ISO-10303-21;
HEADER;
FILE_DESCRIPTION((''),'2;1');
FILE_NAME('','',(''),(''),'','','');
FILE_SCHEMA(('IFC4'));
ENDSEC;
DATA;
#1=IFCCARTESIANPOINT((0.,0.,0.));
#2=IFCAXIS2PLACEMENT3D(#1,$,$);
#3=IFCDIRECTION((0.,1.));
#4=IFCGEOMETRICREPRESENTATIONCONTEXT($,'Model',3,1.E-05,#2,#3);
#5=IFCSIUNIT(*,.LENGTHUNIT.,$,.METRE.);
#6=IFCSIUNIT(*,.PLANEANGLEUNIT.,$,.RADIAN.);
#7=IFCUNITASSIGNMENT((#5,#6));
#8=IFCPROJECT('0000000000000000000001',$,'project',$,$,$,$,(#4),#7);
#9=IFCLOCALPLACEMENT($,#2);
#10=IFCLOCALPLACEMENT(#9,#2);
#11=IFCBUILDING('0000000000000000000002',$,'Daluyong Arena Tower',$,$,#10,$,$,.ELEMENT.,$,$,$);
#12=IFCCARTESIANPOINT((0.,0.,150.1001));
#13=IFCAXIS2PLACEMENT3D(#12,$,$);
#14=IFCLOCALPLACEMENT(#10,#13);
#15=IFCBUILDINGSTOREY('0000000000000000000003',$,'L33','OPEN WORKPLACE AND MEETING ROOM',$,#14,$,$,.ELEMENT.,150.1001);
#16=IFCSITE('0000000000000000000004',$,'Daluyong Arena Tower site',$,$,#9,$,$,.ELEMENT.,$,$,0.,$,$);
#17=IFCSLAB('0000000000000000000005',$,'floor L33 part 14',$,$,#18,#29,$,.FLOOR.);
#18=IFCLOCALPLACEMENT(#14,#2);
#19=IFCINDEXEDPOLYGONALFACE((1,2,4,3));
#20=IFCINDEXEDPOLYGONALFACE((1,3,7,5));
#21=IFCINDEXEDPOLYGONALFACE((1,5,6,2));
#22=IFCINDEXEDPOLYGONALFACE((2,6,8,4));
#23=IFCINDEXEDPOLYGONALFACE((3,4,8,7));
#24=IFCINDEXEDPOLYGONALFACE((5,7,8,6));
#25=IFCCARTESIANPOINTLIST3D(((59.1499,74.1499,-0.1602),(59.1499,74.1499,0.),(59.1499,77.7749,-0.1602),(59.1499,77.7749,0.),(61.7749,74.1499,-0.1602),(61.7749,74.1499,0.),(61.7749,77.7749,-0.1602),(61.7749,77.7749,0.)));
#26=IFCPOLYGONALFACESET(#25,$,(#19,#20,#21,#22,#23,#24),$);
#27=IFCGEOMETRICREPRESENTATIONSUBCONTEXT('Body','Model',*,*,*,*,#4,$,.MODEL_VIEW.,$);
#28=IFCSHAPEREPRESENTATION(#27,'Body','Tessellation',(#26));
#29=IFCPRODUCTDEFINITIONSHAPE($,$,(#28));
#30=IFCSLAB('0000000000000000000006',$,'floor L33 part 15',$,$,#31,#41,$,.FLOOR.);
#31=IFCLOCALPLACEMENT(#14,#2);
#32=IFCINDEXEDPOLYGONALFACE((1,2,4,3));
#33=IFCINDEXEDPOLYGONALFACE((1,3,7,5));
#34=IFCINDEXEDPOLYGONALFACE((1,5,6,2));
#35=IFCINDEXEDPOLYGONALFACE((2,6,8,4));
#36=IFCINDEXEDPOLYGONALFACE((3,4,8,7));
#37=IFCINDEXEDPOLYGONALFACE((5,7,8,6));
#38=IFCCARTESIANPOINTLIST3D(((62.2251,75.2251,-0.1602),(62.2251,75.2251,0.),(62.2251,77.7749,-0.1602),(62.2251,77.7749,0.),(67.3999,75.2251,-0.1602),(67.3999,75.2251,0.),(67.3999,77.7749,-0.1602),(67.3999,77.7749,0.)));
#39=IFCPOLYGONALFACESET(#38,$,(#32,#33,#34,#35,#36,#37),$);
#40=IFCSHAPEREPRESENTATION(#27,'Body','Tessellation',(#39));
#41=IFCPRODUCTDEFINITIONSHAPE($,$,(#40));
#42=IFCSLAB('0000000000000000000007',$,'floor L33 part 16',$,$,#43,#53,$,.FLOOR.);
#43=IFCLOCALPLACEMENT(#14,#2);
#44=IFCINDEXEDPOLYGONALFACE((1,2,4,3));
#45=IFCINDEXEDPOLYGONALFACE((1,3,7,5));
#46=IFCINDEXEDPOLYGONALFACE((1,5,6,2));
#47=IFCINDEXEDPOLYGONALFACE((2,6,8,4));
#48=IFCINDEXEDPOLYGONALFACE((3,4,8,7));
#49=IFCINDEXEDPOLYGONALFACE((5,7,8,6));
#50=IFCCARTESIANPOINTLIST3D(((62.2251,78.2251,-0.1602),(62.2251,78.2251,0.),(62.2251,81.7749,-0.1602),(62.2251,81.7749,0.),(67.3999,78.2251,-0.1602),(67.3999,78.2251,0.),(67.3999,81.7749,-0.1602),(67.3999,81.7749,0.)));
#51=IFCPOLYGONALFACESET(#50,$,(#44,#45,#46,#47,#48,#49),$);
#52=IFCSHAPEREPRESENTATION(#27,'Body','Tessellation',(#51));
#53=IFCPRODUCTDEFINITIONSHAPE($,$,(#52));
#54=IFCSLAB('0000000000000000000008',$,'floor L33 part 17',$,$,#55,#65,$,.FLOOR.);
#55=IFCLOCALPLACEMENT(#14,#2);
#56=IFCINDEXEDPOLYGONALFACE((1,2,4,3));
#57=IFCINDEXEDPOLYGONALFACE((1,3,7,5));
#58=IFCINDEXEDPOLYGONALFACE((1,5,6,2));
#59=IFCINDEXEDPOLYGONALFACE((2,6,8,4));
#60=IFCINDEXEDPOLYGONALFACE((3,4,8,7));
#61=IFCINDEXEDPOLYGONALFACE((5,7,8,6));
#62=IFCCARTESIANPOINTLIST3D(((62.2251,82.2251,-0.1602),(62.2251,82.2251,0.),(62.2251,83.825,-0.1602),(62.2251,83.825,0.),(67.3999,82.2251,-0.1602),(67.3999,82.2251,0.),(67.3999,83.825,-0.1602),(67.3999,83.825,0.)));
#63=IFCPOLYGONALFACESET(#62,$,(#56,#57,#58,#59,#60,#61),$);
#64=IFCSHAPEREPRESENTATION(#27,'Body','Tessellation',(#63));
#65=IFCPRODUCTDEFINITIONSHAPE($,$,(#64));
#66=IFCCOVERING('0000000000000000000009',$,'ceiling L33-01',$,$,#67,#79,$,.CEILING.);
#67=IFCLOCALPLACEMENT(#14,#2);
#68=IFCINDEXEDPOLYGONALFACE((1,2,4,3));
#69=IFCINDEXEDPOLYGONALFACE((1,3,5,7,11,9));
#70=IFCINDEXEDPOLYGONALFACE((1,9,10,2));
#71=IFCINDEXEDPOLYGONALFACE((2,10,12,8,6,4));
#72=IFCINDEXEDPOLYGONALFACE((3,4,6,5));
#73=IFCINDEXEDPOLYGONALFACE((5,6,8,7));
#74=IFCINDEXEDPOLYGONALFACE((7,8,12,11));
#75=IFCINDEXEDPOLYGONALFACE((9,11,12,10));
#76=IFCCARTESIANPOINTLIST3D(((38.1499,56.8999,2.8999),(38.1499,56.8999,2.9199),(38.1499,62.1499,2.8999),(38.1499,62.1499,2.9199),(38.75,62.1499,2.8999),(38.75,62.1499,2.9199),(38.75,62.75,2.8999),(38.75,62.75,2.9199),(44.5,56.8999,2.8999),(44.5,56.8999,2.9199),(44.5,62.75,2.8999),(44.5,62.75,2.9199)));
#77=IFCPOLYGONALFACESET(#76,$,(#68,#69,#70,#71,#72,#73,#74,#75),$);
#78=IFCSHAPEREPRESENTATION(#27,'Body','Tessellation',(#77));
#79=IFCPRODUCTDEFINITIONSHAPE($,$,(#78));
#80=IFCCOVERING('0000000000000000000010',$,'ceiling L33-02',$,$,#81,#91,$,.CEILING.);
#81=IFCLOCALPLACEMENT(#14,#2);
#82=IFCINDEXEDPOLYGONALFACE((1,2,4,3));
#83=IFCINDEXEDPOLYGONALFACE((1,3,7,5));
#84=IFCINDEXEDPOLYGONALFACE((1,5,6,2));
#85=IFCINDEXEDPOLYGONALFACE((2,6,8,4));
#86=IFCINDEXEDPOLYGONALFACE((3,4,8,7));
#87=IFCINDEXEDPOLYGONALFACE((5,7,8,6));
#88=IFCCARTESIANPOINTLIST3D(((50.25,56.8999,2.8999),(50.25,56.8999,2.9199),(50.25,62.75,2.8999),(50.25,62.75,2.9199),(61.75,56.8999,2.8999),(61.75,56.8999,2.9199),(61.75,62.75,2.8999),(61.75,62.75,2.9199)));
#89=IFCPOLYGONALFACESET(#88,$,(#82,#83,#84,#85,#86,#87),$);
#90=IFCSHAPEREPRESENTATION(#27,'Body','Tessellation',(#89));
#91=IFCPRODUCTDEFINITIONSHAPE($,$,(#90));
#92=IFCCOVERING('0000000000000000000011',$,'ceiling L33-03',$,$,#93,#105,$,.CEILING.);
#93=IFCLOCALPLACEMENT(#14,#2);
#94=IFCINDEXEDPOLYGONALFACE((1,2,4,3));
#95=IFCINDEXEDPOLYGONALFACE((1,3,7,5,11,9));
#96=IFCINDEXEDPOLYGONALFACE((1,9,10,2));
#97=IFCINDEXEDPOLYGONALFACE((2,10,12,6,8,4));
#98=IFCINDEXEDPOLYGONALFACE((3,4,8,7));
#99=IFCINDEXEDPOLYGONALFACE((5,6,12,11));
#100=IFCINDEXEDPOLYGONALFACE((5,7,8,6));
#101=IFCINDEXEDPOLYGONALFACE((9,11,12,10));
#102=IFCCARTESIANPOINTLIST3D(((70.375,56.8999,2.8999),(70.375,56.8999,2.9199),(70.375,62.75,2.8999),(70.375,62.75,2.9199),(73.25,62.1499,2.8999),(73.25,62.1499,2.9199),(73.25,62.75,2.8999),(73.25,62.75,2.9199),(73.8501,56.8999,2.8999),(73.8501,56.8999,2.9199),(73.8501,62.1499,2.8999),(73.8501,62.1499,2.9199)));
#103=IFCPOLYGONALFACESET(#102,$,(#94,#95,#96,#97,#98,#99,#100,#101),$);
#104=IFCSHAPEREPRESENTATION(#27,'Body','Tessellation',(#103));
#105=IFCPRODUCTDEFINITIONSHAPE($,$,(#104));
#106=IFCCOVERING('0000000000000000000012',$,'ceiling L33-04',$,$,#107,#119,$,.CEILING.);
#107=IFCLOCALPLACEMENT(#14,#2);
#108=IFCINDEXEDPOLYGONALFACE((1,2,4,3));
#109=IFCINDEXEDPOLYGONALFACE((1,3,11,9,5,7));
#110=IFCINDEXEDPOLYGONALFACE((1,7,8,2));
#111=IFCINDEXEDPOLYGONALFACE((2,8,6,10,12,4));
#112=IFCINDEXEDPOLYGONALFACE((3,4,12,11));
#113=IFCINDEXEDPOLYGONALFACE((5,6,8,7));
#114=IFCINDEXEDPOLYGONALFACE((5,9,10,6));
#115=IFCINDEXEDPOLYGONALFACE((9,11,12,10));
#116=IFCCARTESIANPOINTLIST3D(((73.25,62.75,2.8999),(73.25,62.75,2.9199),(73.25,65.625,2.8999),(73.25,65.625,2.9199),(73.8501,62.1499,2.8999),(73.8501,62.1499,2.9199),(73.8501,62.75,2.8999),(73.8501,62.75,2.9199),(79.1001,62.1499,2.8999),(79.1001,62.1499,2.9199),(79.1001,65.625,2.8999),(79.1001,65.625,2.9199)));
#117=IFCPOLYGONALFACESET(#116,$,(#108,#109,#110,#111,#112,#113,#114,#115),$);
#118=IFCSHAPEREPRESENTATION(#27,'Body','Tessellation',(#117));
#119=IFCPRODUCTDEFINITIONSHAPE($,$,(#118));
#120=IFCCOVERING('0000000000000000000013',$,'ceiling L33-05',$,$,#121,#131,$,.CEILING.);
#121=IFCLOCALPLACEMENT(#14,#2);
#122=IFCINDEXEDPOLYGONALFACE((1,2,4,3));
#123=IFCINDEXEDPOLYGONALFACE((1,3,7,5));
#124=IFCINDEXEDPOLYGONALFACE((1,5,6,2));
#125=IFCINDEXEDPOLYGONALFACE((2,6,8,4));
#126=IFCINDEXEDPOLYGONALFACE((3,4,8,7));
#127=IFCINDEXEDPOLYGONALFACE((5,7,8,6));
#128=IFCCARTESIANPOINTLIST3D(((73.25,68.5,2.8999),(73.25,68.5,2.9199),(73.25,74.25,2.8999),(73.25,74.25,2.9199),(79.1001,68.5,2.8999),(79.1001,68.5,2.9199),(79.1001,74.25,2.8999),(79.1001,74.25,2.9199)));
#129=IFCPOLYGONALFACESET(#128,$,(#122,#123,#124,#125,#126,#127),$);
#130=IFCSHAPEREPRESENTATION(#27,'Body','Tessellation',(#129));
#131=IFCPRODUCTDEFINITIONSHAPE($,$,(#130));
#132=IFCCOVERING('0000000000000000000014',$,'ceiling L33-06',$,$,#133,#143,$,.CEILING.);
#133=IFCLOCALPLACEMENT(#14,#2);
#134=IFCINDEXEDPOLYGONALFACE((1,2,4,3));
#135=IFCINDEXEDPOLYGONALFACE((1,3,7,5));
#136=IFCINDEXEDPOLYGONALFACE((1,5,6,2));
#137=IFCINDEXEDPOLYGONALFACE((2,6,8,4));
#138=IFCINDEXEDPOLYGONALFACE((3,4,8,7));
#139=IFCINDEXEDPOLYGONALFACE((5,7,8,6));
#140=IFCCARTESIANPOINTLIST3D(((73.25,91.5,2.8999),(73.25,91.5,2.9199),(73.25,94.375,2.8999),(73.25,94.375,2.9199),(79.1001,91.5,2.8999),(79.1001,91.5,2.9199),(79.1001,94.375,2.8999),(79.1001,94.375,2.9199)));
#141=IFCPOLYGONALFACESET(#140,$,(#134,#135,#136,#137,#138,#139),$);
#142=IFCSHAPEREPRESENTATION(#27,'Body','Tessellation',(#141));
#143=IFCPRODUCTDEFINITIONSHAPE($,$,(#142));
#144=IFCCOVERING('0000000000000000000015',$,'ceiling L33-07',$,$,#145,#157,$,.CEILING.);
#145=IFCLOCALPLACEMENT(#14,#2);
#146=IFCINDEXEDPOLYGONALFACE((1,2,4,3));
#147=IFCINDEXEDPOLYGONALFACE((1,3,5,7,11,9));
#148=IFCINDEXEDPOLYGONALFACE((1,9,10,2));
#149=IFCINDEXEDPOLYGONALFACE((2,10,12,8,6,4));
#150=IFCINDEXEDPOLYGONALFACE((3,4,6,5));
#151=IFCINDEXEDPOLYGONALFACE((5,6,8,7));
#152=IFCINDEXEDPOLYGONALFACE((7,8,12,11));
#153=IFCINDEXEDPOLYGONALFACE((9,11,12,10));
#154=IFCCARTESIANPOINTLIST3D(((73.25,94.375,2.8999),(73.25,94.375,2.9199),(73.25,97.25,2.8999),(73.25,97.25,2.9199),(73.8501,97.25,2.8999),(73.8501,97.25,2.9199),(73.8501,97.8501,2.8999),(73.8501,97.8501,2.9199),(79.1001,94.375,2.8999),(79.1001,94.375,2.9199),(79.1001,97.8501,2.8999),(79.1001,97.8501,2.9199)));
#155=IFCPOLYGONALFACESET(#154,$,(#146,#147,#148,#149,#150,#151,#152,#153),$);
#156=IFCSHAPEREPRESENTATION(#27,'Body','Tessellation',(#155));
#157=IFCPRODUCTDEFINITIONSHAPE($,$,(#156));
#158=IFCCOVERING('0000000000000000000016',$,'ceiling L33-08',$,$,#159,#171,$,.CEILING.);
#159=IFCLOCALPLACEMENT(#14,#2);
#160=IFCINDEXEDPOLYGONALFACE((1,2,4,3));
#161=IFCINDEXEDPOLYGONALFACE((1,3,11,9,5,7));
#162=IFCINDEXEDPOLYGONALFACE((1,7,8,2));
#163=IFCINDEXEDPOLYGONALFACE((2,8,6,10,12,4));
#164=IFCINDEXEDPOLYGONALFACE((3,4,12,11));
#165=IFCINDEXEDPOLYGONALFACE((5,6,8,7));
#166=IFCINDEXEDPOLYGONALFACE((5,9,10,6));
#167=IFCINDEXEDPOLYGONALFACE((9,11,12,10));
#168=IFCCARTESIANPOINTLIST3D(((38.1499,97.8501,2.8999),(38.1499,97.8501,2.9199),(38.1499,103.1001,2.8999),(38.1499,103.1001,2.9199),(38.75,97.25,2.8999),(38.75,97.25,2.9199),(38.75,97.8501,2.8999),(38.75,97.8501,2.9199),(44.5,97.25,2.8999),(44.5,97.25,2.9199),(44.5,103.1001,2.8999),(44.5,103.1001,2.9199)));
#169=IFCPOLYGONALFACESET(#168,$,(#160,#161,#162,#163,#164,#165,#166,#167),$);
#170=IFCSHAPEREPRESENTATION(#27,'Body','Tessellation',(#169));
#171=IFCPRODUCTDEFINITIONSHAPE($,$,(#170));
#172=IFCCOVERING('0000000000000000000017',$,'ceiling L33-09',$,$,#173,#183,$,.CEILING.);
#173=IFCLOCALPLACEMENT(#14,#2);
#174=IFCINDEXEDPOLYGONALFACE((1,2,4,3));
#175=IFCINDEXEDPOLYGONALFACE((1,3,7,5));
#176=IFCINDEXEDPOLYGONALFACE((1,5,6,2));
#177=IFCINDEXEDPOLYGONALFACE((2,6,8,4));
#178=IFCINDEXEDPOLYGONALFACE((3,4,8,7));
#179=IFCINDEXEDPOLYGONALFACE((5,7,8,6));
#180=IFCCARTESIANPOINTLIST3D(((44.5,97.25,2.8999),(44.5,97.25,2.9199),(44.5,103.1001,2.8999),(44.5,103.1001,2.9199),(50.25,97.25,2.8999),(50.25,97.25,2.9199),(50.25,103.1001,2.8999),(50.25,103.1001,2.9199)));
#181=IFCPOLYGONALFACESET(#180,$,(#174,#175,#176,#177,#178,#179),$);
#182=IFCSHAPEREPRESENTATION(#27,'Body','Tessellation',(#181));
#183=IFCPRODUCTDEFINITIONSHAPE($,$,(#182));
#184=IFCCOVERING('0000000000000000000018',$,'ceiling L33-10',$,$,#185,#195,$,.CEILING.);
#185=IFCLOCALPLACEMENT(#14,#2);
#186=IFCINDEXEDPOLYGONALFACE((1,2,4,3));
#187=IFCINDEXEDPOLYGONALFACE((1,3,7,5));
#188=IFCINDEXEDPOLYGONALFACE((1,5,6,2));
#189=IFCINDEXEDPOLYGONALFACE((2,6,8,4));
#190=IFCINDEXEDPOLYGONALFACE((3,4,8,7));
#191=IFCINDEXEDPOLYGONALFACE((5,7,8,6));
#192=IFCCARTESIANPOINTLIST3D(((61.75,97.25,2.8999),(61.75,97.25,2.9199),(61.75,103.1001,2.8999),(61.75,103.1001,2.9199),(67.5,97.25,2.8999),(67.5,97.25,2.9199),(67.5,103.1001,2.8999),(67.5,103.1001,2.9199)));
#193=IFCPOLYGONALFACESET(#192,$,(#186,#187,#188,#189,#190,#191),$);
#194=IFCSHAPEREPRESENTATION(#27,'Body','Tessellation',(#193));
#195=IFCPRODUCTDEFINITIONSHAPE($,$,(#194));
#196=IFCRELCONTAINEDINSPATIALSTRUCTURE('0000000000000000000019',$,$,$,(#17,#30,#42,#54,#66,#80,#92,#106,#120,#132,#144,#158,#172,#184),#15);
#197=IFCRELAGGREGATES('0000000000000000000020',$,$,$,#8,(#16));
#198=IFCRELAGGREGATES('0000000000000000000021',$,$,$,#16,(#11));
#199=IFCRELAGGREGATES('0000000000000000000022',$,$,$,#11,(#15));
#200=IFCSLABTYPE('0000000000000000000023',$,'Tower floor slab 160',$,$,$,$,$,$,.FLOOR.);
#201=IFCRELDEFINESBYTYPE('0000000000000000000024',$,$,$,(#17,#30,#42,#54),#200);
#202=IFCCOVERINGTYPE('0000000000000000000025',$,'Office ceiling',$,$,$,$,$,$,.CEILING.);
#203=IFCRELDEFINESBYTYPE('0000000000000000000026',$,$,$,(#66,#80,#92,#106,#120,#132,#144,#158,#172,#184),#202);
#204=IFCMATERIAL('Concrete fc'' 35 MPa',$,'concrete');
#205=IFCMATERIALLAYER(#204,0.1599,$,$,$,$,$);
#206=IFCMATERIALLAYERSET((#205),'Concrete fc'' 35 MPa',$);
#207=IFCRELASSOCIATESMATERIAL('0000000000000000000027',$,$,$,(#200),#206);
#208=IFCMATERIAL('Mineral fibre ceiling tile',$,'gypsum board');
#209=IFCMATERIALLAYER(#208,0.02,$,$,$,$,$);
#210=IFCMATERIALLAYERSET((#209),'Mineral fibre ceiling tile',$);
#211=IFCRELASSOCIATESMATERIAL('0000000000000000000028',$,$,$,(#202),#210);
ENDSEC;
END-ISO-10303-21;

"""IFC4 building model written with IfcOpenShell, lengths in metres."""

from ifc_helpers import new_model, si_unit, direction, frame, origin, place, context, subcontext, project, spatial, polyline, outline, extrude, material, layer, layer_set, type_object, element, save


model = new_model("IFC4")

# Units and contexts
model_context = context("Model", 3, precision=1e-05, world=origin(), true_north=direction((0.0, 1.0)))
body_context = subcontext(model_context, "Body", "Model", "MODEL_VIEW")
ifc_project = project(units=[si_unit("LENGTHUNIT", "METRE"), si_unit("PLANEANGLEUNIT", "RADIAN")], contexts=[model_context])

# Site, building, storey
site_placement = place(None, origin())
site = spatial("IfcSite", under=ifc_project, at=site_placement, Name="Daluyong Arena Tower site", CompositionType="ELEMENT", RefElevation=0.0)
building_placement = place(site_placement, origin())
building = spatial("IfcBuilding", under=site, at=building_placement, Name="Daluyong Arena Tower", CompositionType="ELEMENT")
storey_placement = place(building_placement, frame((0.0, 0.0, 150.1001)))
storey = spatial("IfcBuildingStorey", under=building, at=storey_placement, Name="L33", Description="OPEN WORKPLACE AND MEETING ROOM", CompositionType="ELEMENT", Elevation=150.1001)

# Slabs
ifc_material_1 = material(Name="Concrete fc' 35 MPa", Category="concrete")
ifc_layer_1 = layer(ifc_material_1, 0.1599)
ifc_layer_set_1 = layer_set([ifc_layer_1], Name="Concrete fc' 35 MPa")
slab_type = type_object("IfcSlabType", Name="Tower floor slab 160", PredefinedType="FLOOR", material=ifc_layer_set_1)
slab_1_placement = place(storey_placement, frame((0.0, 0.0, -0.1602)))
element("IfcSlab", 1, at=slab_1_placement, inside=storey, type_object=slab_type, Name="floor L33 part 14", PredefinedType="FLOOR", context=body_context, shape_type="SweptSolid", body=[
    extrude(outline(polyline([(59.1499, 77.7749), (59.1499, 74.1499), (61.7749, 74.1499), (61.7749, 77.7749), (59.1499, 77.7749)])), origin(), (0.0, 0.0, 1.0), 0.1602),
])
slab_2_placement = place(storey_placement, frame((0.0, 0.0, -0.1602)))
element("IfcSlab", 2, at=slab_2_placement, inside=storey, type_object=slab_type, Name="floor L33 part 15", PredefinedType="FLOOR", context=body_context, shape_type="SweptSolid", body=[
    extrude(outline(polyline([(62.2251, 75.2251), (67.3999, 75.2251), (67.3999, 77.7749), (62.2251, 77.7749), (62.2251, 75.2251)])), origin(), (0.0, 0.0, 1.0), 0.1602),
])
slab_3_placement = place(storey_placement, frame((0.0, 0.0, -0.1602)))
element("IfcSlab", 3, at=slab_3_placement, inside=storey, type_object=slab_type, Name="floor L33 part 16", PredefinedType="FLOOR", context=body_context, shape_type="SweptSolid", body=[
    extrude(outline(polyline([(62.2251, 78.2251), (67.3999, 78.2251), (67.3999, 81.7749), (62.2251, 81.7749), (62.2251, 78.2251)])), origin(), (0.0, 0.0, 1.0), 0.1602),
])
slab_4_placement = place(storey_placement, frame((0.0, 0.0, -0.1602)))
element("IfcSlab", 4, at=slab_4_placement, inside=storey, type_object=slab_type, Name="floor L33 part 17", PredefinedType="FLOOR", context=body_context, shape_type="SweptSolid", body=[
    extrude(outline(polyline([(62.2251, 82.2251), (67.3999, 82.2251), (67.3999, 83.825), (62.2251, 83.825), (62.2251, 82.2251)])), origin(), (0.0, 0.0, 1.0), 0.1602),
])

# Coverings
ifc_material_2 = material(Name="Mineral fibre ceiling tile", Category="gypsum board")
ifc_layer_2 = layer(ifc_material_2, 0.02)
ifc_layer_set_2 = layer_set([ifc_layer_2], Name="Mineral fibre ceiling tile")
covering_type = type_object("IfcCoveringType", Name="Office ceiling", PredefinedType="CEILING", material=ifc_layer_set_2)
covering_1_placement = place(storey_placement, frame((0.0, 0.0, 2.8999)))
element("IfcCovering", 5, at=covering_1_placement, inside=storey, type_object=covering_type, Name="ceiling L33-01", PredefinedType="CEILING", context=body_context, shape_type="SweptSolid", body=[
    extrude(outline(polyline([(38.1499, 62.1499), (38.1499, 56.8999), (44.5, 56.8999), (44.5, 62.75), (38.75, 62.75), (38.75, 62.1499), (38.1499, 62.1499)])), origin(), (0.0, 0.0, 1.0), 0.02),
])
covering_2_placement = place(storey_placement, frame((0.0, 0.0, 2.8999)))
element("IfcCovering", 6, at=covering_2_placement, inside=storey, type_object=covering_type, Name="ceiling L33-02", PredefinedType="CEILING", context=body_context, shape_type="SweptSolid", body=[
    extrude(outline(polyline([(50.25, 62.75), (50.25, 56.8999), (61.75, 56.8999), (61.75, 62.75), (50.25, 62.75)])), origin(), (0.0, 0.0, 1.0), 0.02),
])
covering_3_placement = place(storey_placement, frame((0.0, 0.0, 2.8999)))
element("IfcCovering", 7, at=covering_3_placement, inside=storey, type_object=covering_type, Name="ceiling L33-03", PredefinedType="CEILING", context=body_context, shape_type="SweptSolid", body=[
    extrude(outline(polyline([(73.8501, 56.8999), (73.8501, 62.1499), (73.25, 62.1499), (73.25, 62.75), (70.375, 62.75), (70.375, 56.8999), (73.8501, 56.8999)])), origin(), (0.0, 0.0, 1.0), 0.02),
])
covering_4_placement = place(storey_placement, frame((0.0, 0.0, 2.8999)))
element("IfcCovering", 8, at=covering_4_placement, inside=storey, type_object=covering_type, Name="ceiling L33-04", PredefinedType="CEILING", context=body_context, shape_type="SweptSolid", body=[
    extrude(outline(polyline([(73.8501, 62.1499), (79.1001, 62.1499), (79.1001, 65.625), (73.25, 65.625), (73.25, 62.75), (73.8501, 62.75), (73.8501, 62.1499)])), origin(), (0.0, 0.0, 1.0), 0.02),
])
covering_5_placement = place(storey_placement, frame((0.0, 0.0, 2.8999)))
element("IfcCovering", 9, at=covering_5_placement, inside=storey, type_object=covering_type, Name="ceiling L33-05", PredefinedType="CEILING", context=body_context, shape_type="SweptSolid", body=[
    extrude(outline(polyline([(73.25, 68.5), (79.1001, 68.5), (79.1001, 74.25), (73.25, 74.25), (73.25, 68.5)])), origin(), (0.0, 0.0, 1.0), 0.02),
])
covering_6_placement = place(storey_placement, frame((0.0, 0.0, 2.8999)))
element("IfcCovering", 10, at=covering_6_placement, inside=storey, type_object=covering_type, Name="ceiling L33-06", PredefinedType="CEILING", context=body_context, shape_type="SweptSolid", body=[
    extrude(outline(polyline([(73.25, 91.5), (79.1001, 91.5), (79.1001, 94.375), (73.25, 94.375), (73.25, 91.5)])), origin(), (0.0, 0.0, 1.0), 0.02),
])
covering_7_placement = place(storey_placement, frame((0.0, 0.0, 2.8999)))
element("IfcCovering", 11, at=covering_7_placement, inside=storey, type_object=covering_type, Name="ceiling L33-07", PredefinedType="CEILING", context=body_context, shape_type="SweptSolid", body=[
    extrude(outline(polyline([(73.25, 94.375), (79.1001, 94.375), (79.1001, 97.8501), (73.8501, 97.8501), (73.8501, 97.25), (73.25, 97.25), (73.25, 94.375)])), origin(), (0.0, 0.0, 1.0), 0.02),
])
covering_8_placement = place(storey_placement, frame((0.0, 0.0, 2.8999)))
element("IfcCovering", 12, at=covering_8_placement, inside=storey, type_object=covering_type, Name="ceiling L33-08", PredefinedType="CEILING", context=body_context, shape_type="SweptSolid", body=[
    extrude(outline(polyline([(44.5, 97.25), (44.5, 103.1001), (38.1499, 103.1001), (38.1499, 97.8501), (38.75, 97.8501), (38.75, 97.25), (44.5, 97.25)])), origin(), (0.0, 0.0, 1.0), 0.02),
])
covering_9_placement = place(storey_placement, frame((0.0, 0.0, 2.8999)))
element("IfcCovering", 13, at=covering_9_placement, inside=storey, type_object=covering_type, Name="ceiling L33-09", PredefinedType="CEILING", context=body_context, shape_type="SweptSolid", body=[
    extrude(outline(polyline([(50.25, 97.25), (50.25, 103.1001), (44.5, 103.1001), (44.5, 97.25), (50.25, 97.25)])), origin(), (0.0, 0.0, 1.0), 0.02),
])
covering_10_placement = place(storey_placement, frame((0.0, 0.0, 2.8999)))
element("IfcCovering", 14, at=covering_10_placement, inside=storey, type_object=covering_type, Name="ceiling L33-10", PredefinedType="CEILING", context=body_context, shape_type="SweptSolid", body=[
    extrude(outline(polyline([(67.5, 97.25), (67.5, 103.1001), (61.75, 103.1001), (61.75, 97.25), (67.5, 97.25)])), origin(), (0.0, 0.0, 1.0), 0.02),
])

save(model, "model.ifc")
